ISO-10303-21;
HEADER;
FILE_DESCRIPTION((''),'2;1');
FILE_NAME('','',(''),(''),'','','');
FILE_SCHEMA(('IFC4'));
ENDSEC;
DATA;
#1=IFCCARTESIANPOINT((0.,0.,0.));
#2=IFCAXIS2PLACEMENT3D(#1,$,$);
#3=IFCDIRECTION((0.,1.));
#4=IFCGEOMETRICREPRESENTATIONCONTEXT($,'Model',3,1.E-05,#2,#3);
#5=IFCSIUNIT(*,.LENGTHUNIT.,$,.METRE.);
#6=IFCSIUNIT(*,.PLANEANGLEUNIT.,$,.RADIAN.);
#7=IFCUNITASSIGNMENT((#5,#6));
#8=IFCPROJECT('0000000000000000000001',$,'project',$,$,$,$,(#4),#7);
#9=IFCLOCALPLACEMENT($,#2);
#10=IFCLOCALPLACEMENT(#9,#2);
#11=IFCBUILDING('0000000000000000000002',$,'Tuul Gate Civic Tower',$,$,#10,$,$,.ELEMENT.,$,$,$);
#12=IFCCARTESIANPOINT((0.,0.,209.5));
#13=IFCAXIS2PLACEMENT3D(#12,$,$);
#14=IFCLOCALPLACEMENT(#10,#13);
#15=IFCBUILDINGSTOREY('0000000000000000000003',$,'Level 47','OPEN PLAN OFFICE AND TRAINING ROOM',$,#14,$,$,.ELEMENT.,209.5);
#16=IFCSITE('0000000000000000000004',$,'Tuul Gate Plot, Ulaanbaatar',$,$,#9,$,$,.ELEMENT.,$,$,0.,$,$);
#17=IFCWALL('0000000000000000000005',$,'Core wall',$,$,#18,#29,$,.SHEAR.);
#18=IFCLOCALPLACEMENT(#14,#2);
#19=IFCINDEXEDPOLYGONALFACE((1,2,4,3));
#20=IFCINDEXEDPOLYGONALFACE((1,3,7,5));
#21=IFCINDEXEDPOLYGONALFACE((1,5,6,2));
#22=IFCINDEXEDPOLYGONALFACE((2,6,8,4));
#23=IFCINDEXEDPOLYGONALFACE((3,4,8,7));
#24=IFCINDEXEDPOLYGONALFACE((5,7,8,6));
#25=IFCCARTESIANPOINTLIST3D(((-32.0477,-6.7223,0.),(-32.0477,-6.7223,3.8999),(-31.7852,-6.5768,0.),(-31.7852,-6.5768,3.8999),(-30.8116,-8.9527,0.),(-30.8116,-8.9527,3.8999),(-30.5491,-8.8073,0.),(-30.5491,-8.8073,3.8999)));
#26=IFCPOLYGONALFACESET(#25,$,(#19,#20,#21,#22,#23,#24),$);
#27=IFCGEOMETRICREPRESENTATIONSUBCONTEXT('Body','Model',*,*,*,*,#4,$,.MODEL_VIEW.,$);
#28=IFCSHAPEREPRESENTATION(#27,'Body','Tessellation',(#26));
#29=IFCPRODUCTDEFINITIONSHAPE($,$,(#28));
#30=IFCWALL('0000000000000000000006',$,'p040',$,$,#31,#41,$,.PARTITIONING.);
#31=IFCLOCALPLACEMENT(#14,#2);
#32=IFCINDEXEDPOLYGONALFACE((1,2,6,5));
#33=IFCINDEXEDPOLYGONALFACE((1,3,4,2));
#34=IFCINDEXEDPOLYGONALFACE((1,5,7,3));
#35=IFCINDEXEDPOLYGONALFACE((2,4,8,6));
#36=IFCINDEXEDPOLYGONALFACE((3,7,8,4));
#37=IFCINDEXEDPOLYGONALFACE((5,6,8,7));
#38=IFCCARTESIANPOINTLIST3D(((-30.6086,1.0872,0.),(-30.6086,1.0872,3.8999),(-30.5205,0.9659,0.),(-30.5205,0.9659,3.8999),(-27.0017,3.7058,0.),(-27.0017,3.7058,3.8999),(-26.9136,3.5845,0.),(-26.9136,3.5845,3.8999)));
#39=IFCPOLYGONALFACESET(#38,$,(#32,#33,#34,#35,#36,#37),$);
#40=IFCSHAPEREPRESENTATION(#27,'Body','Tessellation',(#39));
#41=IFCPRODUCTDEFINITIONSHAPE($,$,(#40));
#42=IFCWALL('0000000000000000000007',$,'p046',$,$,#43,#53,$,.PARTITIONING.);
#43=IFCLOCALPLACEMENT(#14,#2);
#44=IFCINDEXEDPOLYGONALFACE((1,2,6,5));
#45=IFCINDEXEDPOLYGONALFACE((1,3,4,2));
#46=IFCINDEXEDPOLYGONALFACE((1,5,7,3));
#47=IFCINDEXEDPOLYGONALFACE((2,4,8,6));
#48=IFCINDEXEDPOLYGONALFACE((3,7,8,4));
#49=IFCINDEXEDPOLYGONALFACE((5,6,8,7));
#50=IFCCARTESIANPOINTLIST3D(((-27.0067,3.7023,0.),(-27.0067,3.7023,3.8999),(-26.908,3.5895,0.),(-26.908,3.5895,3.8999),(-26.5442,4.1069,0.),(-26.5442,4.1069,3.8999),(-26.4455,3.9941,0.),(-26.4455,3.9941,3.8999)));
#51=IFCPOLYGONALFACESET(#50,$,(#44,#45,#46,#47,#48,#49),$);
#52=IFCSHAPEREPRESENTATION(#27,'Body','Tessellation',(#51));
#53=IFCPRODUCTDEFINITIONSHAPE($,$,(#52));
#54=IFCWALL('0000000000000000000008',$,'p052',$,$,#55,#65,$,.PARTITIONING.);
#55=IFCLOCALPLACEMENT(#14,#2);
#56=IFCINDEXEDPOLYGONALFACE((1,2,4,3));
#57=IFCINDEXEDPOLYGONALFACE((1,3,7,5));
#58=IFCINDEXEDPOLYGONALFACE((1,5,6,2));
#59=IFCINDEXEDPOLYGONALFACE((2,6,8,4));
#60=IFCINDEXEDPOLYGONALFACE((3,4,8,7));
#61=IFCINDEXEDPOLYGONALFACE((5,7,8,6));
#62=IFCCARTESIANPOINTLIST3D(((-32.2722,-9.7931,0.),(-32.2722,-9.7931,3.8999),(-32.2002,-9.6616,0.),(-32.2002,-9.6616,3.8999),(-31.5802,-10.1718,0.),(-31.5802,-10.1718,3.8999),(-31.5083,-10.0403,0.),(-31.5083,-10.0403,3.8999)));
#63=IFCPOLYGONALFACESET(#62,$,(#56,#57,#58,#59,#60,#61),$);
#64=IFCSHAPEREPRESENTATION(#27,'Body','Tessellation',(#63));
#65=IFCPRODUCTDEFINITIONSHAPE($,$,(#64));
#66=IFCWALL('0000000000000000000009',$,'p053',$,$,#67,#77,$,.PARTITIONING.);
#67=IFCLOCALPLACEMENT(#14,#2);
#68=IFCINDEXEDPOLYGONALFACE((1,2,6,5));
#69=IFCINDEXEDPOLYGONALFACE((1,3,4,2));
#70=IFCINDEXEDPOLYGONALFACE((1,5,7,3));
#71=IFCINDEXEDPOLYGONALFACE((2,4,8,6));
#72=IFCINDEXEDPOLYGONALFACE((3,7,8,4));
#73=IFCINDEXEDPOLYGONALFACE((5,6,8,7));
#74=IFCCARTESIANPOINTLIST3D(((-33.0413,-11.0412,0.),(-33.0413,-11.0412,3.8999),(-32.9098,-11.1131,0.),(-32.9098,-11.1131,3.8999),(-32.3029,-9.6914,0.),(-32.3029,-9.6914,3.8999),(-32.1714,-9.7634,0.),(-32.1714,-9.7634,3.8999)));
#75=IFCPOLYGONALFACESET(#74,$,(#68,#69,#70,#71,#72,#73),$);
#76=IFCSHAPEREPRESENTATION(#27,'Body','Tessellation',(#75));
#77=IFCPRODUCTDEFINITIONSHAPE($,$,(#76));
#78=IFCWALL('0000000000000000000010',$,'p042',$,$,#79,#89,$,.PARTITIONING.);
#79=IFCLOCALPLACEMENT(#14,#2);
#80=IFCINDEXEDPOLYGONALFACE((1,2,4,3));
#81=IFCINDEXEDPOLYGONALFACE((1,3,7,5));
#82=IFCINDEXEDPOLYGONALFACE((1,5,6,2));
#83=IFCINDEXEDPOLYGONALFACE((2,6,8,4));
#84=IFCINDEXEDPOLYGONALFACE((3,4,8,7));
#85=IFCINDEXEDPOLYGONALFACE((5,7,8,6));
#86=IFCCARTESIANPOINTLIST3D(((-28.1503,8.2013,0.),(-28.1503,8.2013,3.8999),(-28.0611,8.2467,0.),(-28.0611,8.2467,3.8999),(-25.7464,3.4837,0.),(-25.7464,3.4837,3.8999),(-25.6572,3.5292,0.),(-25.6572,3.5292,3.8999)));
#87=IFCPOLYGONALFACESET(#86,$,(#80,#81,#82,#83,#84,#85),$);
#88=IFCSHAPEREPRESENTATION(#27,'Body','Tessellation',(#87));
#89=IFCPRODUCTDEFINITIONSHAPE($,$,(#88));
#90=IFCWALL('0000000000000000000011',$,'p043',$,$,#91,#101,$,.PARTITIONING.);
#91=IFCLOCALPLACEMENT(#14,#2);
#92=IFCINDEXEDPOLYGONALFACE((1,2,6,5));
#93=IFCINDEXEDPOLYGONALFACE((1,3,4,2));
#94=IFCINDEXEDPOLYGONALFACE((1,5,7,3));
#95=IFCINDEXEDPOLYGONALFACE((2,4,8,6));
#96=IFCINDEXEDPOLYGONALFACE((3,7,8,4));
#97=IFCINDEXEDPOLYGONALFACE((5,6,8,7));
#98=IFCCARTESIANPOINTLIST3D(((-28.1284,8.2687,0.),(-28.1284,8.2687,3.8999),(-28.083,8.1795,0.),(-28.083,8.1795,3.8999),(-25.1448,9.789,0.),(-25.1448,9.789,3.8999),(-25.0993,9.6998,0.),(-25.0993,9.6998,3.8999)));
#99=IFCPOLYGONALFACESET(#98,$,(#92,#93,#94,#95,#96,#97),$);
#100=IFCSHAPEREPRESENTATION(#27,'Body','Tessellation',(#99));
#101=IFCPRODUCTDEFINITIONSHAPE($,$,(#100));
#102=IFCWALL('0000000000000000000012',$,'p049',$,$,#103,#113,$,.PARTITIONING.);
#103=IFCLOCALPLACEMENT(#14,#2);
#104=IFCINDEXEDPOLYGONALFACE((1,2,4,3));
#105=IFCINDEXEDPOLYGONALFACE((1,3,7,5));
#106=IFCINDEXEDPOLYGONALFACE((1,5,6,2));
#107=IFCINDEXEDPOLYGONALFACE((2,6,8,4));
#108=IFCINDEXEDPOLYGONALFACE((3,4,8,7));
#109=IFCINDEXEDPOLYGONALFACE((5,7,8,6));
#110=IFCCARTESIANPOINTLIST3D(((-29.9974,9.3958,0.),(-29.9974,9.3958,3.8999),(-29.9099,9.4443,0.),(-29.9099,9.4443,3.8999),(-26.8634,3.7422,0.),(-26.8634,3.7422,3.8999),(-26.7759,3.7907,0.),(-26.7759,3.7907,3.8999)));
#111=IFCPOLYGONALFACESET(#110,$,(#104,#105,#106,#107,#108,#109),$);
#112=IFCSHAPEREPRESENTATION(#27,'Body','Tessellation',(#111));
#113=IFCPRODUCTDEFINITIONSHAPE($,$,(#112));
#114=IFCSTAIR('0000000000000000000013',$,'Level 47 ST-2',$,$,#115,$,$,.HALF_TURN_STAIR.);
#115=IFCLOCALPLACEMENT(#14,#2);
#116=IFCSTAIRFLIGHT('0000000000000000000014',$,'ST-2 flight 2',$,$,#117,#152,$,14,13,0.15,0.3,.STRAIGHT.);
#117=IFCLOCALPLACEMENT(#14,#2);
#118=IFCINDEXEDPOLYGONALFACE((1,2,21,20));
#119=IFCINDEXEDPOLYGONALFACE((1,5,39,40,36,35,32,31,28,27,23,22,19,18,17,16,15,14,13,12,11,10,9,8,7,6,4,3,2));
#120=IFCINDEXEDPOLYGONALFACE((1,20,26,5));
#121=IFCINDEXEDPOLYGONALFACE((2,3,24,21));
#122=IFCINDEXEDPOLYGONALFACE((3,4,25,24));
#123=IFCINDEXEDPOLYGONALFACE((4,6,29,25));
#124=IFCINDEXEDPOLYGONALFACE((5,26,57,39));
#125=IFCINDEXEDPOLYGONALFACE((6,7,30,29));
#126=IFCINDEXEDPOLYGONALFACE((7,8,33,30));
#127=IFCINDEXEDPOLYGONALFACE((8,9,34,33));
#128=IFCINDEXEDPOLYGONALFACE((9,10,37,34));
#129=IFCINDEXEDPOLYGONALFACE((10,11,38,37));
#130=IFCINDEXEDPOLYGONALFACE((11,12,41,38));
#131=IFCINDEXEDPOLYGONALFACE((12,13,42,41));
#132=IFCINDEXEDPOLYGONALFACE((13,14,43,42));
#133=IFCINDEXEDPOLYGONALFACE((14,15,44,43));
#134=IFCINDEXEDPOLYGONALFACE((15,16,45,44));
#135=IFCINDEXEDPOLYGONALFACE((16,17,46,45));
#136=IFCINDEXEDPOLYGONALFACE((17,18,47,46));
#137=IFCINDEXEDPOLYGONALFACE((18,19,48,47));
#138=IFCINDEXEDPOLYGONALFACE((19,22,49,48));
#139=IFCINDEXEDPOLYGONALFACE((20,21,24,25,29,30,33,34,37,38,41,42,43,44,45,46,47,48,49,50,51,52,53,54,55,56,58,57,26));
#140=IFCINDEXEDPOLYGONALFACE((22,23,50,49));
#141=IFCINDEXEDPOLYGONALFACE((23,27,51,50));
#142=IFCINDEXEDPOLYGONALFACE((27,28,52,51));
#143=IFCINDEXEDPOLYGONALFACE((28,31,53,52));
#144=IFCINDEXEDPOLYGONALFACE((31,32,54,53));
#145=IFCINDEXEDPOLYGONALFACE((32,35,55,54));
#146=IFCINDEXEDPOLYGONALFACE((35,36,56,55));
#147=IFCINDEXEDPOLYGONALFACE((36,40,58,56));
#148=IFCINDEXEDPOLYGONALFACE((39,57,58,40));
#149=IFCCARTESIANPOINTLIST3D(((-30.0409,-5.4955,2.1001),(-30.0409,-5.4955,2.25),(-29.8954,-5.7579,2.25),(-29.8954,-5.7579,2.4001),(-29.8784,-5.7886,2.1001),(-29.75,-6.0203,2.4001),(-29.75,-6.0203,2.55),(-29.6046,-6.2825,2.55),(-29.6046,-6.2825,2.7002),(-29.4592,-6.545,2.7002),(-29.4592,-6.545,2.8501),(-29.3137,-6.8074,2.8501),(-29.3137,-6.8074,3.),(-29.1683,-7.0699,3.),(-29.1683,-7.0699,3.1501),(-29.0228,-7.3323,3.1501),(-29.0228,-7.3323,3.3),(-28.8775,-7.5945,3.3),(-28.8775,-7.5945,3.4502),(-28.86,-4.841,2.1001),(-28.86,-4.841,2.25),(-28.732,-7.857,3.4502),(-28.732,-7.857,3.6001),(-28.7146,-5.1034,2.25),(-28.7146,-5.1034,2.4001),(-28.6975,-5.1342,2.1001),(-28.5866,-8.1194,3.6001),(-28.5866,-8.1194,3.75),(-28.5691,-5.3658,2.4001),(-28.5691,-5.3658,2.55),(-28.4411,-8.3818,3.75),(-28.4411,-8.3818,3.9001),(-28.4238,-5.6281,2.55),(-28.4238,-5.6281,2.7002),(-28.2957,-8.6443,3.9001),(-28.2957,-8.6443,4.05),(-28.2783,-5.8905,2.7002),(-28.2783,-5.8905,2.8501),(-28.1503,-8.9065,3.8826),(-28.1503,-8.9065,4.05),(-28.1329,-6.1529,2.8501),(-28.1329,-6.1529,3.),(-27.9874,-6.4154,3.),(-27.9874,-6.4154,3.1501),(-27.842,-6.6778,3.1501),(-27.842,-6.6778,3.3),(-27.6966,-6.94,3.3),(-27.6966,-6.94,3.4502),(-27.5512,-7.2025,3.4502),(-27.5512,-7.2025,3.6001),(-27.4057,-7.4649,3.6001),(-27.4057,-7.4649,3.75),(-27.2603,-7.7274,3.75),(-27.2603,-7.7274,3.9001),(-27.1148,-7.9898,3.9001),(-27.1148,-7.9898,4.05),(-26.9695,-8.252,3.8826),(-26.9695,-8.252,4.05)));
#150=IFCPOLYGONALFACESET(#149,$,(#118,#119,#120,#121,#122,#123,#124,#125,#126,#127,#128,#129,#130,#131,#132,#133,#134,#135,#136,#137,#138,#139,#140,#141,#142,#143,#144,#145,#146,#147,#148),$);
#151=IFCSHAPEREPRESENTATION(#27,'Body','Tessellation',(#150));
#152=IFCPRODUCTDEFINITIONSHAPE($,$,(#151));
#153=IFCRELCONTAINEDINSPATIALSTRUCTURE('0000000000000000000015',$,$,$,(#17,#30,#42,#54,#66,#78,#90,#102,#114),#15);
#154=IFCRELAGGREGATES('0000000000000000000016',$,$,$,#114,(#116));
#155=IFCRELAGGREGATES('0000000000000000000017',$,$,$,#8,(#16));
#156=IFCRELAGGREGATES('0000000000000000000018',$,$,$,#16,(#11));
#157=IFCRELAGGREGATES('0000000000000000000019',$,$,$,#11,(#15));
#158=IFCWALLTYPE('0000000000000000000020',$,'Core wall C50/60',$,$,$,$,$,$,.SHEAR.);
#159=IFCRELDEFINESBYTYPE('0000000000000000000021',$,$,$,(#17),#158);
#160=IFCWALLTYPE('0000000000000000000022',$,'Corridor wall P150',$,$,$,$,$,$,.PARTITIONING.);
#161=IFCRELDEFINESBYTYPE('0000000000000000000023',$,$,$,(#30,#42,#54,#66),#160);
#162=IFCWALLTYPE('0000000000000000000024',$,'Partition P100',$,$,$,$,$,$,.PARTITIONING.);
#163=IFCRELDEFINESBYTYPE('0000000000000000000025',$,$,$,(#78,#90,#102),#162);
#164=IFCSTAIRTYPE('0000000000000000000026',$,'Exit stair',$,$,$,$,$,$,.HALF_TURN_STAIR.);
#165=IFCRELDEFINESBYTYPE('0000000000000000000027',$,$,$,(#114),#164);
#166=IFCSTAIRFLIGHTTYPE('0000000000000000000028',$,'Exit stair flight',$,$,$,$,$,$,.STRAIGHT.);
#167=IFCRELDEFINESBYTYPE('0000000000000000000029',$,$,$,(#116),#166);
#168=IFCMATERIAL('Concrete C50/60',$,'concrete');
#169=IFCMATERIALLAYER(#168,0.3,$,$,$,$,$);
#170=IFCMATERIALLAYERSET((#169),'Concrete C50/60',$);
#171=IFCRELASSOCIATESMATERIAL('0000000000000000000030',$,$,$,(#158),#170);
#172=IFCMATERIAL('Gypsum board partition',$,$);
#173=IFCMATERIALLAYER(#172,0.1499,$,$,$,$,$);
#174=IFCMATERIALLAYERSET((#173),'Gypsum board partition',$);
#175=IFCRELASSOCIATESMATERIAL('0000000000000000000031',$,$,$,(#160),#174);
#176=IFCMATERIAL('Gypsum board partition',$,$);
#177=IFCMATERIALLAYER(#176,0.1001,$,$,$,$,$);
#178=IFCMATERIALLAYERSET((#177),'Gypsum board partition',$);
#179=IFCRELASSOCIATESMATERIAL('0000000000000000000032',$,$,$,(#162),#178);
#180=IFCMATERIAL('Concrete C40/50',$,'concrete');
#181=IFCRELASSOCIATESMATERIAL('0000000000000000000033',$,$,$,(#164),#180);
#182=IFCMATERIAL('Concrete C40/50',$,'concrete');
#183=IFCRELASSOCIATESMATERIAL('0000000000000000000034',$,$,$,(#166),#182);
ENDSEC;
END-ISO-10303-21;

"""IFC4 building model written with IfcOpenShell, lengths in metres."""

from ifc_helpers import new_model, si_unit, direction, frame, frame_2d, origin, place, context, subcontext, project, spatial, polyline, rectangle, outline, extrude, material, layer, layer_set, type_object, element, aggregate, save


model = new_model("IFC4")

# Units and contexts
model_context = context("Model", 3, precision=1e-05, world=origin(), true_north=direction((0.0, 1.0)))
body_context = subcontext(model_context, "Body", "Model", "MODEL_VIEW")
ifc_project = project(units=[si_unit("LENGTHUNIT", "METRE"), si_unit("PLANEANGLEUNIT", "RADIAN")], contexts=[model_context])

# Site, building, storey
site_placement = place(None, origin())
site = spatial("IfcSite", under=ifc_project, at=site_placement, Name="Tuul Gate Plot, Ulaanbaatar", CompositionType="ELEMENT", RefElevation=0.0)
building_placement = place(site_placement, origin())
building = spatial("IfcBuilding", under=site, at=building_placement, Name="Tuul Gate Civic Tower", CompositionType="ELEMENT")
storey_placement = place(building_placement, frame((0.0, 0.0, 209.5)))
storey = spatial("IfcBuildingStorey", under=building, at=storey_placement, Name="Level 47", Description="OPEN PLAN OFFICE AND TRAINING ROOM", CompositionType="ELEMENT", Elevation=209.5)

# Shared definitions
ifc_material_1 = material(Name="Concrete C50/60", Category="concrete")
ifc_layer_1 = layer(ifc_material_1, 0.3)
ifc_layer_set_1 = layer_set([ifc_layer_1], Name="Concrete C50/60")
wall_type_1 = type_object("IfcWallType", Name="Core wall C50/60", PredefinedType="SHEAR", material=ifc_layer_set_1)

# Walls
wall_1_placement = place(storey_placement, frame((-30.6804, -8.8799, 0.0), z_axis=(0.0, 0.0, 1.0), x_axis=(-0.484724, 0.874667, 0.0)))
element("IfcWall", 1, at=wall_1_placement, inside=storey, type_object=wall_type_1, Name="Core wall", PredefinedType="SHEAR", context=body_context, shape_type="SweptSolid", body=[
    extrude(rectangle(XDim=2.55, YDim=0.3, at=frame_2d((1.2749, 0.0))), origin(), (0.0, 0.0, 1.0), 3.8999),
])
ifc_material_2 = material(Name="Gypsum board partition")
ifc_layer_2 = layer(ifc_material_2, 0.1499)
ifc_layer_set_2 = layer_set([ifc_layer_2], Name="Gypsum board partition")
wall_type_2 = type_object("IfcWallType", Name="Corridor wall P150", PredefinedType="PARTITIONING", material=ifc_layer_set_2)
wall_2_placement = place(storey_placement, frame((-30.5645, 1.0266, 0.0), z_axis=(0.0, 0.0, 1.0), x_axis=(0.809224, 0.587501, 0.0)))
element("IfcWall", 2, at=wall_2_placement, inside=storey, type_object=wall_type_2, Name="p040", PredefinedType="PARTITIONING", context=body_context, shape_type="SweptSolid", body=[
    extrude(rectangle(XDim=4.4573, YDim=0.1499, at=frame_2d((2.2285, 0.0))), origin(), (0.0, 0.0, 1.0), 3.8999),
])
wall_3_placement = place(storey_placement, frame((-26.9573, 3.646, 0.0), z_axis=(0.0, 0.0, 1.0), x_axis=(0.752626, 0.658448, 0.0)))
element("IfcWall", 3, at=wall_3_placement, inside=storey, type_object=wall_type_2, Name="p046", PredefinedType="PARTITIONING", context=body_context, shape_type="SweptSolid", body=[
    extrude(rectangle(XDim=0.6145, YDim=0.1499, at=frame_2d((0.3071, 0.0))), origin(), (0.0, 0.0, 1.0), 3.8999),
])
wall_4_placement = place(storey_placement, frame((-32.2363, -9.7273, 0.0), z_axis=(0.0, 0.0, 1.0), x_axis=(0.87722, -0.480088, 0.0)))
element("IfcWall", 4, at=wall_4_placement, inside=storey, type_object=wall_type_2, Name="p052", PredefinedType="PARTITIONING", context=body_context, shape_type="SweptSolid", body=[
    extrude(rectangle(XDim=0.7888, YDim=0.1499, at=frame_2d((0.3945, 0.0))), origin(), (0.0, 0.0, 1.0), 3.8999),
])
wall_5_placement = place(storey_placement, frame((-32.9756, -11.0771, 0.0), z_axis=(0.0, 0.0, 1.0), x_axis=(0.479975, 0.877282, 0.0)))
element("IfcWall", 5, at=wall_5_placement, inside=storey, type_object=wall_type_2, Name="p053", PredefinedType="PARTITIONING", context=body_context, shape_type="SweptSolid", body=[
    extrude(rectangle(XDim=1.5386, YDim=0.1499, at=frame_2d((0.7693, 0.0))), origin(), (0.0, 0.0, 1.0), 3.8999),
])
ifc_material_3 = material(Name="Gypsum board partition")
ifc_layer_3 = layer(ifc_material_3, 0.1001)
ifc_layer_set_3 = layer_set([ifc_layer_3], Name="Gypsum board partition")
wall_type_3 = type_object("IfcWallType", Name="Partition P100", PredefinedType="PARTITIONING", material=ifc_layer_set_3)
wall_6_placement = place(storey_placement, frame((-28.1057, 8.2241, 0.0), z_axis=(0.0, 0.0, 1.0), x_axis=(0.454007, -0.890998, 0.0)))
element("IfcWall", 6, at=wall_6_placement, inside=storey, type_object=wall_type_3, Name="p042", PredefinedType="PARTITIONING", context=body_context, shape_type="SweptSolid", body=[
    extrude(rectangle(XDim=5.2947, YDim=0.1001, at=frame_2d((2.6475, 0.0))), origin(), (0.0, 0.0, 1.0), 3.8999),
])
wall_7_placement = place(storey_placement, frame((-28.1057, 8.2241, 0.0), z_axis=(0.0, 0.0, 1.0), x_axis=(0.891004, 0.453996, 0.0)))
element("IfcWall", 7, at=wall_7_placement, inside=storey, type_object=wall_type_3, Name="p043", PredefinedType="PARTITIONING", context=body_context, shape_type="SweptSolid", body=[
    extrude(rectangle(XDim=3.3486, YDim=0.1001, at=frame_2d((1.6743, 0.0))), origin(), (0.0, 0.0, 1.0), 3.8999),
])
wall_8_placement = place(storey_placement, frame((-29.9536, 9.4199, 0.0), z_axis=(0.0, 0.0, 1.0), x_axis=(0.484835, -0.874606, 0.0)))
element("IfcWall", 8, at=wall_8_placement, inside=storey, type_object=wall_type_3, Name="p049", PredefinedType="PARTITIONING", context=body_context, shape_type="SweptSolid", body=[
    extrude(rectangle(XDim=6.4641, YDim=0.1001, at=frame_2d((3.2319, 0.0))), origin(), (0.0, 0.0, 1.0), 3.8999),
])

# Stair, stair flight
ifc_material_4 = material(Name="Concrete C40/50", Category="concrete")
stair_type = type_object("IfcStairType", Name="Exit stair", PredefinedType="HALF_TURN_STAIR", material=ifc_material_4)
stair_placement = place(storey_placement, origin())
stair = element("IfcStair", 9, at=stair_placement, inside=storey, type_object=stair_type, Name="Level 47 ST-2", PredefinedType="HALF_TURN_STAIR")
ifc_material_5 = material(Name="Concrete C40/50", Category="concrete")
stair_flight_type = type_object("IfcStairFlightType", Name="Exit stair flight", PredefinedType="STRAIGHT", material=ifc_material_5)
stair_flight_placement = place(storey_placement, frame((-29.4504, -5.1682, 2.1001), z_axis=(0.0, 0.0, 1.0), x_axis=(0.484762, -0.874646, 0.0)))
stair_flight = element("IfcStairFlight", 10, at=stair_flight_placement, type_object=stair_flight_type, Name="ST-2 flight 2", NumberOfRisers=14, NumberOfTreads=13, PredefinedType="STRAIGHT", RiserHeight=0.15, TreadLength=0.3, context=body_context, shape_type="SweptSolid", body=[
    extrude(outline(polyline([(0.0, 0.0), (0.0, 0.1499), (0.3, 0.1499), (0.3, 0.3), (0.6001, 0.3), (0.6001, 0.45), (0.8999, 0.45), (0.8999, 0.6001), (1.2, 0.6001), (1.2, 0.75), (1.5, 0.75), (1.5, 0.8999), (1.8, 0.8999), (1.8, 1.05), (2.1001, 1.05), (2.1001, 1.2), (2.3999, 1.2), (2.3999, 1.3501), (2.7, 1.3501), (2.7, 1.5), (3.0, 1.5), (3.0, 1.6499), (3.3, 1.6499), (3.3, 1.8), (3.6001, 1.8), (3.6001, 1.95), (3.8999, 1.95), (3.8999, 2.1001), (3.8999, 1.7825), (0.3352, 0.0), (0.0, 0.0)])), frame((0.0, 0.675, 0.0), z_axis=(0.0, -1.0, 0.0), x_axis=(1.0, 0.0, 0.0)), (0.0, 0.0, 1.0), 1.3501),
])
aggregate(stair, [stair_flight])

save(model, "model.ifc")
